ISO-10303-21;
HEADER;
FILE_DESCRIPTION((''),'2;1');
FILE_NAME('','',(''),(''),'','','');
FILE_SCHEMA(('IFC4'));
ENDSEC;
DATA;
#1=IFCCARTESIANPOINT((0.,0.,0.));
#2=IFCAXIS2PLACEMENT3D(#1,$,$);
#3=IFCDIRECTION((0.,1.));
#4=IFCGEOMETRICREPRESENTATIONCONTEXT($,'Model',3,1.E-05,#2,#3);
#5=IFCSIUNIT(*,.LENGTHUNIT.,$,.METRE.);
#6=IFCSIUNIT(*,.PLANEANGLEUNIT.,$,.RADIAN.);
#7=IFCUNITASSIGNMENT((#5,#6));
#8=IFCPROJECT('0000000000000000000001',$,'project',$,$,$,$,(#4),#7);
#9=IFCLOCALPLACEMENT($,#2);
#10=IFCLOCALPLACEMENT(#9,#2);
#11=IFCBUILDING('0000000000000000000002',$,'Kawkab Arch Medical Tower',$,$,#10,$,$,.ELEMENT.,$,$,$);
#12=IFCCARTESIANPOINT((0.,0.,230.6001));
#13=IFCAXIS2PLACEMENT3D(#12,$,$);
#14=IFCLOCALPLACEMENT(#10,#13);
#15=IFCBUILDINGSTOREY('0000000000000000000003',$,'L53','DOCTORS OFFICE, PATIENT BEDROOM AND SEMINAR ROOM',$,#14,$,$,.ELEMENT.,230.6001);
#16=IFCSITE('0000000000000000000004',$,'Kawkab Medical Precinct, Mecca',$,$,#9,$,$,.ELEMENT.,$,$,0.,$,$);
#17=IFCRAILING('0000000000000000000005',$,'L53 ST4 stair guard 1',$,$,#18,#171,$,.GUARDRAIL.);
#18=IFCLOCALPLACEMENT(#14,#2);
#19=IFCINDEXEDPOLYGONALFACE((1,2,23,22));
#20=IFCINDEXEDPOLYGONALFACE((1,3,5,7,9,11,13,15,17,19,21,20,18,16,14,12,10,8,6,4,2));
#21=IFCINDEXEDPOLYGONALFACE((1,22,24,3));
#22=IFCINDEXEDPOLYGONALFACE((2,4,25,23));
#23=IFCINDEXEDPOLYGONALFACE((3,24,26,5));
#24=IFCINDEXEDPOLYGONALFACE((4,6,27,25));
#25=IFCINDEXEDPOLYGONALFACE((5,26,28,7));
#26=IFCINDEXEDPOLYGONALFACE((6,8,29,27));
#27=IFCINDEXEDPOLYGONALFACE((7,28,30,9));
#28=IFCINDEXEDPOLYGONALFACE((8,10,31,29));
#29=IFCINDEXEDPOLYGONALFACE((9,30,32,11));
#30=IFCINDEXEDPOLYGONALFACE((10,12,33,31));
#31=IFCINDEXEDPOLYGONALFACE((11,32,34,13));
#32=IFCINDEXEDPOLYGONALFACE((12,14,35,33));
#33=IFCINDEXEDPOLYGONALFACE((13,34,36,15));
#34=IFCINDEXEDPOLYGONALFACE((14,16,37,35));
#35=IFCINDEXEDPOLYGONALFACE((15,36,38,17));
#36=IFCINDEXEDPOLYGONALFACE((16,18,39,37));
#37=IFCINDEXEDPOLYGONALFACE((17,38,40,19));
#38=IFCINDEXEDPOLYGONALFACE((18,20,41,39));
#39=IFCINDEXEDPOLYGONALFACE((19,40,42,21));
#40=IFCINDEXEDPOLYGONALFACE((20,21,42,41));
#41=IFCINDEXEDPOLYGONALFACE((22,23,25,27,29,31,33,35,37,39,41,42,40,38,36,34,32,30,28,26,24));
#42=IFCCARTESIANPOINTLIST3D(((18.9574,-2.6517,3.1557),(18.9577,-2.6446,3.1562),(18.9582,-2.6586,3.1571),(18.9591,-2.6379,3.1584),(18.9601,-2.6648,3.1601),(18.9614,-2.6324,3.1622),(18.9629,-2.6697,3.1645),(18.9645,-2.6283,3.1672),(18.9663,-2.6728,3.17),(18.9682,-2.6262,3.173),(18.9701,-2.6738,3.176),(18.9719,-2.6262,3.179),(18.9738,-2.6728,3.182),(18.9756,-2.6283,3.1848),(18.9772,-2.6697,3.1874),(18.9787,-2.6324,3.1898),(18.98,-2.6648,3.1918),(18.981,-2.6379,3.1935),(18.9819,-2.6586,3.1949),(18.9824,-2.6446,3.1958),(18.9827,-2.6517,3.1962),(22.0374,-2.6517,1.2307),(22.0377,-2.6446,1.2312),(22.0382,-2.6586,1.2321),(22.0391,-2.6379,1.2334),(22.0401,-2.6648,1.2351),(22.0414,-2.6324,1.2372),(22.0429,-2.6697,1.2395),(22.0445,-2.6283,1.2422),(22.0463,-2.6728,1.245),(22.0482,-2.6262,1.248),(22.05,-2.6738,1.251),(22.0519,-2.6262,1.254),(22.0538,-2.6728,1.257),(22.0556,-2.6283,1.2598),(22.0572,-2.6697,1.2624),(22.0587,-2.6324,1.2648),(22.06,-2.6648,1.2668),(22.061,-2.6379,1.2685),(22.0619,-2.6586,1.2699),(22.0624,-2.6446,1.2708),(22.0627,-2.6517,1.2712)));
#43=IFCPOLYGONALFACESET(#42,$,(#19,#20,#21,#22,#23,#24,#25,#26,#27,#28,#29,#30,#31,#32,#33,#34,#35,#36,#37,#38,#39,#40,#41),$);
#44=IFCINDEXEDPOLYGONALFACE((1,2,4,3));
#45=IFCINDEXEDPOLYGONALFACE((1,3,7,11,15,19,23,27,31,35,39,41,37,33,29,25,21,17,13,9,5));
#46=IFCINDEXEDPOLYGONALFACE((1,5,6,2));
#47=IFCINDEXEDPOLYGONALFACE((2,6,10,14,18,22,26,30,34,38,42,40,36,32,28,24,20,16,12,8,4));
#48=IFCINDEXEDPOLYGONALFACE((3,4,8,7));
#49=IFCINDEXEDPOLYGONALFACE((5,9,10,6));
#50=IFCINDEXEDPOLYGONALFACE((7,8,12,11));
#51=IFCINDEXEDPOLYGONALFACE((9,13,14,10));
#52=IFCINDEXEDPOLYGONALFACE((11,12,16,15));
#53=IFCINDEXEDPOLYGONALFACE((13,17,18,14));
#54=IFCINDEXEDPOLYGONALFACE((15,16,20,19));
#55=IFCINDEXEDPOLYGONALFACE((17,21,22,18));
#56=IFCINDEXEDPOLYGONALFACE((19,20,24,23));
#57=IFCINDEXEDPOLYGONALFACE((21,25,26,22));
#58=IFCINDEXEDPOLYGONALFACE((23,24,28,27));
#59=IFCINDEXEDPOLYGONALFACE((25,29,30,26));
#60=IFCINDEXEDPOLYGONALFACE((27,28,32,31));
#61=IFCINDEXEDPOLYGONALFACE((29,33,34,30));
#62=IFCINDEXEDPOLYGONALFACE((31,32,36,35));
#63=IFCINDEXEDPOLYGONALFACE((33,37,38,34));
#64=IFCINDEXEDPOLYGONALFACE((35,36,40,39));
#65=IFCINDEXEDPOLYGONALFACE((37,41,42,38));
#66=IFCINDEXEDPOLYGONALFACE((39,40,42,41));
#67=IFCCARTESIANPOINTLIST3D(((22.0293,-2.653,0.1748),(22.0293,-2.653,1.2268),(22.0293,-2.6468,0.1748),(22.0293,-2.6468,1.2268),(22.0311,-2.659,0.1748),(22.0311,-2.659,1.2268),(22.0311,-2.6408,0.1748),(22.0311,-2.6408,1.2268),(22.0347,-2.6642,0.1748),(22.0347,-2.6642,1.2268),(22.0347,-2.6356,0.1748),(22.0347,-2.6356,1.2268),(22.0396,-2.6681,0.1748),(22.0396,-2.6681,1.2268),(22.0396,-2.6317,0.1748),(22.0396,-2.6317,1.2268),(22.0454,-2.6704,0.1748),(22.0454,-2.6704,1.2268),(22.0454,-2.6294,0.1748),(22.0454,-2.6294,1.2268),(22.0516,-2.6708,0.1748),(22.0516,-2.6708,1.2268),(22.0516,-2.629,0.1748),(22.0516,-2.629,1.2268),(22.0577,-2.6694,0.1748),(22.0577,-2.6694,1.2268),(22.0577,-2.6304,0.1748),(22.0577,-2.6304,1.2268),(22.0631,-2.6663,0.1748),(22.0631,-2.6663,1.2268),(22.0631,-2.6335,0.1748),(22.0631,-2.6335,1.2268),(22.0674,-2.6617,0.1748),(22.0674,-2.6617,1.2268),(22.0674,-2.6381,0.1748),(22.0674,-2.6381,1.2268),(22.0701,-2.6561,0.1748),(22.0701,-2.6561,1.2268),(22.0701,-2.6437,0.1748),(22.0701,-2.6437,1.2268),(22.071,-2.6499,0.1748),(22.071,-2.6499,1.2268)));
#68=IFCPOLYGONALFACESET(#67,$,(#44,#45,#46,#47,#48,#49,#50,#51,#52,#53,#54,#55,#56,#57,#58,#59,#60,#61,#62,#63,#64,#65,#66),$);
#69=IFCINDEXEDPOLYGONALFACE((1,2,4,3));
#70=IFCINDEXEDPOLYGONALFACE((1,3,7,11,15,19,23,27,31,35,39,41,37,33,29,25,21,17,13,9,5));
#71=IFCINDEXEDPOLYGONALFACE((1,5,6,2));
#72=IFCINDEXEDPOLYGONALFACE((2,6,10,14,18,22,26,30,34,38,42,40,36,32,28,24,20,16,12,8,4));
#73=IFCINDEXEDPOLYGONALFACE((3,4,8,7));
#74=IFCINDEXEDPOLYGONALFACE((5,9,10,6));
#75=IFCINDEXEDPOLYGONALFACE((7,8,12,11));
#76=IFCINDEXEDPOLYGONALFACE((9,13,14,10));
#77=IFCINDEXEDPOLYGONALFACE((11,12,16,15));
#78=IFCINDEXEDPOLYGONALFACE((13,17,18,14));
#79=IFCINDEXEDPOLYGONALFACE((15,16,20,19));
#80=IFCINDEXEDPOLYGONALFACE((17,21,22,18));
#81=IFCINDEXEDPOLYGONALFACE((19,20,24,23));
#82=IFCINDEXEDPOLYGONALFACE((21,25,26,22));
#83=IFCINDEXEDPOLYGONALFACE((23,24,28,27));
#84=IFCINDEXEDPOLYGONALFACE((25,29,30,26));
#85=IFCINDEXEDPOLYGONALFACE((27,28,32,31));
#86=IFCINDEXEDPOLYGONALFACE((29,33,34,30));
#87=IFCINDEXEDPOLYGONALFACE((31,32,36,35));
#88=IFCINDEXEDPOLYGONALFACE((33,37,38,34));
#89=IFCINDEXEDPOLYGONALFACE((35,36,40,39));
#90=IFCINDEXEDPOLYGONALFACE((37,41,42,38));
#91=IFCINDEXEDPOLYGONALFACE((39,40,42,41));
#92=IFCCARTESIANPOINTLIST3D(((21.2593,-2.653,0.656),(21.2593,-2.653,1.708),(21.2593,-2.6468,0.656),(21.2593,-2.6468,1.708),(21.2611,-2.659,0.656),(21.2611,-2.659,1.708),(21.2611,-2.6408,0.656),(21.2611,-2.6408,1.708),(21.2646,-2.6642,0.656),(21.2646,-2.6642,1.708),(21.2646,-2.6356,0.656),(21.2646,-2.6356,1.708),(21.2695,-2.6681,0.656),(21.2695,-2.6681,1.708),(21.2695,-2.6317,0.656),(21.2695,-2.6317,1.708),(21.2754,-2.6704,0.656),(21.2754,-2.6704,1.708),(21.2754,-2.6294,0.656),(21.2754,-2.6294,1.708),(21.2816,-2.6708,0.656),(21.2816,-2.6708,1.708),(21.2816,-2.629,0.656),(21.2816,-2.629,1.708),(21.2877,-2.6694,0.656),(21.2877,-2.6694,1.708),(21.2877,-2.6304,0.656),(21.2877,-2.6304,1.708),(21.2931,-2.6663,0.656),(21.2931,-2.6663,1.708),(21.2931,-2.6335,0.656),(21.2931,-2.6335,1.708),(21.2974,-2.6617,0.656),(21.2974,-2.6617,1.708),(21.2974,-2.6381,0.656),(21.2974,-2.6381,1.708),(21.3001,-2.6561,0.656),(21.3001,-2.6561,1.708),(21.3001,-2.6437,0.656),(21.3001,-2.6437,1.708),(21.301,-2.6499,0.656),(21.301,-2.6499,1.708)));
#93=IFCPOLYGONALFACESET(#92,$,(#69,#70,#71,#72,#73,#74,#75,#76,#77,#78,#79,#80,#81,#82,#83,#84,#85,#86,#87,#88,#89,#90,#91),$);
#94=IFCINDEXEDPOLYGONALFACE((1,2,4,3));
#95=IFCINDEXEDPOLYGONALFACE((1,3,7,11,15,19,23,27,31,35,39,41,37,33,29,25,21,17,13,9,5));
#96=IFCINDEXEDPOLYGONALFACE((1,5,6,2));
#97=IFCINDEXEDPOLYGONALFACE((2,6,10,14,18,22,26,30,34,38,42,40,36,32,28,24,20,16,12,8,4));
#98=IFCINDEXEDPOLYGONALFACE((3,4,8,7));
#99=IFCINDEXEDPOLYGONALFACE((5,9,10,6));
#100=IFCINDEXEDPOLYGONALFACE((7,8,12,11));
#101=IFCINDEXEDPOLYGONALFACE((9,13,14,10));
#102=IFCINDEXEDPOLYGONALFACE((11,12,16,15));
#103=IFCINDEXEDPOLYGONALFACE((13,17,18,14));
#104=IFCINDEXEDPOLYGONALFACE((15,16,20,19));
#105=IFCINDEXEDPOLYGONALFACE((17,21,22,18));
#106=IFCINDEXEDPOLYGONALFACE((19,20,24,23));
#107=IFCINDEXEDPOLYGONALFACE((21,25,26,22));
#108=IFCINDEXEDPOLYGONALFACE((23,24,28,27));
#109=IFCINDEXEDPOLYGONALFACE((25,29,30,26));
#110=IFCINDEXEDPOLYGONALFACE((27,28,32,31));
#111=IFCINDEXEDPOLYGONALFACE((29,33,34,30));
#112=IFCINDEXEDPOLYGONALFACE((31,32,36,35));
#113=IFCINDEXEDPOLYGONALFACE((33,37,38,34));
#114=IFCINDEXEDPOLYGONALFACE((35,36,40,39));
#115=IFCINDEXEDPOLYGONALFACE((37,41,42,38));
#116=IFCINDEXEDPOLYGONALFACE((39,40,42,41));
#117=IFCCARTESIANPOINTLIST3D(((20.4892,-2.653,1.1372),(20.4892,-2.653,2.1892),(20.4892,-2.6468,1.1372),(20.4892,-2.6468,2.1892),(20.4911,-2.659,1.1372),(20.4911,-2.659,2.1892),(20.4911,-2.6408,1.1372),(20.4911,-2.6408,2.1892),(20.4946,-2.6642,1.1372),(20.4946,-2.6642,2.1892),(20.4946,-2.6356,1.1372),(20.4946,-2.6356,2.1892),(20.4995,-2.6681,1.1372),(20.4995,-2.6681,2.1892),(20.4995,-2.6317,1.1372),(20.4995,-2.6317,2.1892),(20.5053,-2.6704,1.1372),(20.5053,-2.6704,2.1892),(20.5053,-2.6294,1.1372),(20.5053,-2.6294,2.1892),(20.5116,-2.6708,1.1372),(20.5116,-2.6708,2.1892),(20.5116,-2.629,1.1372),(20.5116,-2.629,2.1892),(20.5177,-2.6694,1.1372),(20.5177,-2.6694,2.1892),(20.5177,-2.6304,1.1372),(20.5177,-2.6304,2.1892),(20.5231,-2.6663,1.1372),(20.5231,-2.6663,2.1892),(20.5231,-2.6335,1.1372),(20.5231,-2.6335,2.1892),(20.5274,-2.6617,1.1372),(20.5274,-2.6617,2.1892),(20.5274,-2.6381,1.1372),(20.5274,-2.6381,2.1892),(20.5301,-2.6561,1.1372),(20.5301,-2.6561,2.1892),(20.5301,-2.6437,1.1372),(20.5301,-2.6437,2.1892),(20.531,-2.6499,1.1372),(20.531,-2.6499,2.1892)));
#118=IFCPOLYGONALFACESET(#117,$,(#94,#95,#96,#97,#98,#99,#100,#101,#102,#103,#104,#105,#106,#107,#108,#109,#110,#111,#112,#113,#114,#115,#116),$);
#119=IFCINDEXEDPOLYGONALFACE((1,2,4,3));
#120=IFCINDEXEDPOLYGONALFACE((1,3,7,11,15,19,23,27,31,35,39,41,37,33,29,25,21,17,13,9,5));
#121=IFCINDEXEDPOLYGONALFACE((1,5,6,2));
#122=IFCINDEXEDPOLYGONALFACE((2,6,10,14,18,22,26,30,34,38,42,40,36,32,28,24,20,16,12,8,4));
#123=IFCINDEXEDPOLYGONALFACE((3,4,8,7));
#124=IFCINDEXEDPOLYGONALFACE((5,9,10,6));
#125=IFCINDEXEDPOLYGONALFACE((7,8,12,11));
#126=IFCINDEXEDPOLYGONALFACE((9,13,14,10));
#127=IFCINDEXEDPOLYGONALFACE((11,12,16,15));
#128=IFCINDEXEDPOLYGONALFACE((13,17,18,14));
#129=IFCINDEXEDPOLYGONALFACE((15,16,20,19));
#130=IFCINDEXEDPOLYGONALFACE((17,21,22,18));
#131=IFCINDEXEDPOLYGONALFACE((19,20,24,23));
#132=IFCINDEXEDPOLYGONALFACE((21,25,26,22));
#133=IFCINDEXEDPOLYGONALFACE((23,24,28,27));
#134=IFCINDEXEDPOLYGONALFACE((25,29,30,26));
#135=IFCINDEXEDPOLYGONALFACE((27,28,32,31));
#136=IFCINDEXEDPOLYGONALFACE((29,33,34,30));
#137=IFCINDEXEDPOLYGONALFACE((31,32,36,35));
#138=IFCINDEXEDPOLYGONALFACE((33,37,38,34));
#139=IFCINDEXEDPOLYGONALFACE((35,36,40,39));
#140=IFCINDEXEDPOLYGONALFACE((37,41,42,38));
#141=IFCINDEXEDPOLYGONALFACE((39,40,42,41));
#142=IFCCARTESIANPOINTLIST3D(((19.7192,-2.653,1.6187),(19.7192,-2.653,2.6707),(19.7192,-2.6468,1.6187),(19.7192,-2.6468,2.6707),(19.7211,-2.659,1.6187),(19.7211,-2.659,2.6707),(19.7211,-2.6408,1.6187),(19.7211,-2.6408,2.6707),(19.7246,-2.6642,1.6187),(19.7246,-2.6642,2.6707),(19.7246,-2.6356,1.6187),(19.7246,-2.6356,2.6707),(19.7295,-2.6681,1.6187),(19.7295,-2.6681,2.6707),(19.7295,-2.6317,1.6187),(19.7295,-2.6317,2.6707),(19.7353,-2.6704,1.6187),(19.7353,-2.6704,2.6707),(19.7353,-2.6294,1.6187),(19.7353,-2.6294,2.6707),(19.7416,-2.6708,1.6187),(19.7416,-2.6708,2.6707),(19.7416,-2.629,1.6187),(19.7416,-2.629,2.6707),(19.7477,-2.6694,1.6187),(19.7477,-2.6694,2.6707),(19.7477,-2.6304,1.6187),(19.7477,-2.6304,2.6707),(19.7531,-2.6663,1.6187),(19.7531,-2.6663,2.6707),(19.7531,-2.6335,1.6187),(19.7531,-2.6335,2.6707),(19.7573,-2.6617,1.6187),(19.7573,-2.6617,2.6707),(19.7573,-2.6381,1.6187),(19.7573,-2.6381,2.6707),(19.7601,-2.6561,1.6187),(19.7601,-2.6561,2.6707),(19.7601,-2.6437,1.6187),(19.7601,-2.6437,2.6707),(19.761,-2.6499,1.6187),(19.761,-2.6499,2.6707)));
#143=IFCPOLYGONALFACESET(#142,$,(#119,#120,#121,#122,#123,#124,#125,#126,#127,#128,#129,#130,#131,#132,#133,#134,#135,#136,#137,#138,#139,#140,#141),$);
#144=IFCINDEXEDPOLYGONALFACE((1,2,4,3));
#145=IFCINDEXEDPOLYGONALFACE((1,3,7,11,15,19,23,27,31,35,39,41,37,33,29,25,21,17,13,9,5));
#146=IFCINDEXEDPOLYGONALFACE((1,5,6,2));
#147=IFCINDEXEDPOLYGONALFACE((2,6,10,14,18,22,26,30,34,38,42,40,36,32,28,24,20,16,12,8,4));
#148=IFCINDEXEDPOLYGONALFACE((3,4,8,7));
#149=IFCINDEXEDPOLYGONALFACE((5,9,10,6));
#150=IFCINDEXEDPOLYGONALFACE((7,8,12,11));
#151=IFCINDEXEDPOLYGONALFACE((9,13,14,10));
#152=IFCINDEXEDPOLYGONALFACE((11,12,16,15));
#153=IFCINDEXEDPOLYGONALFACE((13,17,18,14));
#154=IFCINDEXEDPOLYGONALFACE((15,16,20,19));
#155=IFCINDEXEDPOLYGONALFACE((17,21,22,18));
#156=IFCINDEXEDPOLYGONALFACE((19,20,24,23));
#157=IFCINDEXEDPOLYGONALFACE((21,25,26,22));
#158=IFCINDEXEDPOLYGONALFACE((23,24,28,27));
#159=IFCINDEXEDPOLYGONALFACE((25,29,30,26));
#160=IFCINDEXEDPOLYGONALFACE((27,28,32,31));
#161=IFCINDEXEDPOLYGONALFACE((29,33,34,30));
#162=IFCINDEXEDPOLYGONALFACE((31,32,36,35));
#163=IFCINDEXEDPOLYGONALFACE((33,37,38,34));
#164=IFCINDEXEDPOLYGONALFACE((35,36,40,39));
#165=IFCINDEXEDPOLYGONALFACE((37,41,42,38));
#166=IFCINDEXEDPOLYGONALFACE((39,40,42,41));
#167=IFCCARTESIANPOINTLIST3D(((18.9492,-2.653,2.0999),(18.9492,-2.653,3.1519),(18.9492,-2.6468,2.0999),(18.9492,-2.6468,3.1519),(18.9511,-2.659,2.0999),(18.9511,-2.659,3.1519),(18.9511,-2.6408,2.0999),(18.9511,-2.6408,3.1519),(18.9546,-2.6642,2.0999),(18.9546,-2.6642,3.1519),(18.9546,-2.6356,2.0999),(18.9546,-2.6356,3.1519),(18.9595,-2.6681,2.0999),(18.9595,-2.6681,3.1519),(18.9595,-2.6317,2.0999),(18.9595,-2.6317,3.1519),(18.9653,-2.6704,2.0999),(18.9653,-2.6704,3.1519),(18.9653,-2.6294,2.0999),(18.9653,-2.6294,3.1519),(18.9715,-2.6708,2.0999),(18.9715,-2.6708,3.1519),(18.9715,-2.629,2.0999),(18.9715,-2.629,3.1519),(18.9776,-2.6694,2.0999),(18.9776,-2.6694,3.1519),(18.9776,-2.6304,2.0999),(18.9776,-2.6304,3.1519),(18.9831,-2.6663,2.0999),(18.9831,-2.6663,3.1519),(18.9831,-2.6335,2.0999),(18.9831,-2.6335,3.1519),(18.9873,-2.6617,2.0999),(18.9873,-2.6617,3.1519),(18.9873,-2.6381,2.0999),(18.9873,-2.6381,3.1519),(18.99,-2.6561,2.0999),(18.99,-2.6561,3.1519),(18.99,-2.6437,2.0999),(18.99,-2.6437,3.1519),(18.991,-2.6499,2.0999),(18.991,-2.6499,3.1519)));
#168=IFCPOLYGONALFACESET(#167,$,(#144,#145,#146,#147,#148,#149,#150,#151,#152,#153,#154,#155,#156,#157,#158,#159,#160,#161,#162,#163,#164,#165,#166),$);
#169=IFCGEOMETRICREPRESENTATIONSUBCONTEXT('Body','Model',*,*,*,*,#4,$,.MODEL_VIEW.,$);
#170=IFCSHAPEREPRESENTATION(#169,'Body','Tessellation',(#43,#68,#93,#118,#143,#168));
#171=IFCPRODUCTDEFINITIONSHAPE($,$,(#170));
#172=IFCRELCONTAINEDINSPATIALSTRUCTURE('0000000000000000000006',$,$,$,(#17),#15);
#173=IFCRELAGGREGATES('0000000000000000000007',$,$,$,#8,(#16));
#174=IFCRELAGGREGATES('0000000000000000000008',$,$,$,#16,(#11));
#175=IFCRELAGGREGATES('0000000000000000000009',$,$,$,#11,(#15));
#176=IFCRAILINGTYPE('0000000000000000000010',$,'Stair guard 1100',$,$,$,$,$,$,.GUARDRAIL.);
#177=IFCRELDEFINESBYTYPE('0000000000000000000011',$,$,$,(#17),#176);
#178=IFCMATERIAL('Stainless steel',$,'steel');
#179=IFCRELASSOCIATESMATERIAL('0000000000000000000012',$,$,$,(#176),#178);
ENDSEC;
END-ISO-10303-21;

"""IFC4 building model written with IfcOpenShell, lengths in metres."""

from ifc_helpers import new_model, si_unit, direction, frame, origin, origin_2d, place, context, subcontext, project, spatial, circle, extrude, material, type_object, element, save


model = new_model("IFC4")

# Units and contexts
model_context = context("Model", 3, precision=1e-05, world=origin(), true_north=direction((0.0, 1.0)))
body_context = subcontext(model_context, "Body", "Model", "MODEL_VIEW")
ifc_project = project(units=[si_unit("LENGTHUNIT", "METRE"), si_unit("PLANEANGLEUNIT", "RADIAN")], contexts=[model_context])

# Site, building, storey
site_placement = place(None, origin())
site = spatial("IfcSite", under=ifc_project, at=site_placement, Name="Kawkab Medical Precinct, Mecca", CompositionType="ELEMENT", RefElevation=0.0)
building_placement = place(site_placement, origin())
building = spatial("IfcBuilding", under=site, at=building_placement, Name="Kawkab Arch Medical Tower", CompositionType="ELEMENT")
storey_placement = place(building_placement, frame((0.0, 0.0, 230.6001)))
storey = spatial("IfcBuildingStorey", under=building, at=storey_placement, Name="L53", Description="DOCTORS OFFICE, PATIENT BEDROOM AND SEMINAR ROOM", CompositionType="ELEMENT", Elevation=230.6001)

# Railing
ifc_material_1 = material(Name="Stainless steel", Category="steel")
railing_type = type_object("IfcRailingType", Name="Stair guard 1100", PredefinedType="GUARDRAIL", material=ifc_material_1)
railing_1_placement = place(storey_placement, frame((22.05, -2.6499, 0.1748)))
element("IfcRailing", 1, at=railing_1_placement, inside=storey, type_object=railing_type, Name="L53 ST4 stair guard 1", PredefinedType="GUARDRAIL", context=body_context, shape_type="SweptSolid", body=[
    extrude(circle(Radius=0.0239, at=origin_2d()), frame((0.0, 0.0, 1.0762), z_axis=(-0.847998, 0.0, 0.529999), x_axis=(0.0, -1.0, 0.0)), (0.0, 0.0, 1.0), 3.6321),
    extrude(circle(Radius=0.021, at=origin_2d()), origin(), (0.0, 0.0, 1.0), 1.052),
    extrude(circle(Radius=0.021, at=origin_2d()), frame((-0.77, 0.0, 0.4812)), (0.0, 0.0, 1.0), 1.052),
    extrude(circle(Radius=0.021, at=origin_2d()), frame((-1.54, 0.0, 0.9624)), (0.0, 0.0, 1.0), 1.052),
    extrude(circle(Radius=0.021, at=origin_2d()), frame((-2.3101, 0.0, 1.4438)), (0.0, 0.0, 1.0), 1.052),
    extrude(circle(Radius=0.021, at=origin_2d()), frame((-3.0801, 0.0, 1.925)), (0.0, 0.0, 1.0), 1.052),
])

save(model, "model.ifc")
